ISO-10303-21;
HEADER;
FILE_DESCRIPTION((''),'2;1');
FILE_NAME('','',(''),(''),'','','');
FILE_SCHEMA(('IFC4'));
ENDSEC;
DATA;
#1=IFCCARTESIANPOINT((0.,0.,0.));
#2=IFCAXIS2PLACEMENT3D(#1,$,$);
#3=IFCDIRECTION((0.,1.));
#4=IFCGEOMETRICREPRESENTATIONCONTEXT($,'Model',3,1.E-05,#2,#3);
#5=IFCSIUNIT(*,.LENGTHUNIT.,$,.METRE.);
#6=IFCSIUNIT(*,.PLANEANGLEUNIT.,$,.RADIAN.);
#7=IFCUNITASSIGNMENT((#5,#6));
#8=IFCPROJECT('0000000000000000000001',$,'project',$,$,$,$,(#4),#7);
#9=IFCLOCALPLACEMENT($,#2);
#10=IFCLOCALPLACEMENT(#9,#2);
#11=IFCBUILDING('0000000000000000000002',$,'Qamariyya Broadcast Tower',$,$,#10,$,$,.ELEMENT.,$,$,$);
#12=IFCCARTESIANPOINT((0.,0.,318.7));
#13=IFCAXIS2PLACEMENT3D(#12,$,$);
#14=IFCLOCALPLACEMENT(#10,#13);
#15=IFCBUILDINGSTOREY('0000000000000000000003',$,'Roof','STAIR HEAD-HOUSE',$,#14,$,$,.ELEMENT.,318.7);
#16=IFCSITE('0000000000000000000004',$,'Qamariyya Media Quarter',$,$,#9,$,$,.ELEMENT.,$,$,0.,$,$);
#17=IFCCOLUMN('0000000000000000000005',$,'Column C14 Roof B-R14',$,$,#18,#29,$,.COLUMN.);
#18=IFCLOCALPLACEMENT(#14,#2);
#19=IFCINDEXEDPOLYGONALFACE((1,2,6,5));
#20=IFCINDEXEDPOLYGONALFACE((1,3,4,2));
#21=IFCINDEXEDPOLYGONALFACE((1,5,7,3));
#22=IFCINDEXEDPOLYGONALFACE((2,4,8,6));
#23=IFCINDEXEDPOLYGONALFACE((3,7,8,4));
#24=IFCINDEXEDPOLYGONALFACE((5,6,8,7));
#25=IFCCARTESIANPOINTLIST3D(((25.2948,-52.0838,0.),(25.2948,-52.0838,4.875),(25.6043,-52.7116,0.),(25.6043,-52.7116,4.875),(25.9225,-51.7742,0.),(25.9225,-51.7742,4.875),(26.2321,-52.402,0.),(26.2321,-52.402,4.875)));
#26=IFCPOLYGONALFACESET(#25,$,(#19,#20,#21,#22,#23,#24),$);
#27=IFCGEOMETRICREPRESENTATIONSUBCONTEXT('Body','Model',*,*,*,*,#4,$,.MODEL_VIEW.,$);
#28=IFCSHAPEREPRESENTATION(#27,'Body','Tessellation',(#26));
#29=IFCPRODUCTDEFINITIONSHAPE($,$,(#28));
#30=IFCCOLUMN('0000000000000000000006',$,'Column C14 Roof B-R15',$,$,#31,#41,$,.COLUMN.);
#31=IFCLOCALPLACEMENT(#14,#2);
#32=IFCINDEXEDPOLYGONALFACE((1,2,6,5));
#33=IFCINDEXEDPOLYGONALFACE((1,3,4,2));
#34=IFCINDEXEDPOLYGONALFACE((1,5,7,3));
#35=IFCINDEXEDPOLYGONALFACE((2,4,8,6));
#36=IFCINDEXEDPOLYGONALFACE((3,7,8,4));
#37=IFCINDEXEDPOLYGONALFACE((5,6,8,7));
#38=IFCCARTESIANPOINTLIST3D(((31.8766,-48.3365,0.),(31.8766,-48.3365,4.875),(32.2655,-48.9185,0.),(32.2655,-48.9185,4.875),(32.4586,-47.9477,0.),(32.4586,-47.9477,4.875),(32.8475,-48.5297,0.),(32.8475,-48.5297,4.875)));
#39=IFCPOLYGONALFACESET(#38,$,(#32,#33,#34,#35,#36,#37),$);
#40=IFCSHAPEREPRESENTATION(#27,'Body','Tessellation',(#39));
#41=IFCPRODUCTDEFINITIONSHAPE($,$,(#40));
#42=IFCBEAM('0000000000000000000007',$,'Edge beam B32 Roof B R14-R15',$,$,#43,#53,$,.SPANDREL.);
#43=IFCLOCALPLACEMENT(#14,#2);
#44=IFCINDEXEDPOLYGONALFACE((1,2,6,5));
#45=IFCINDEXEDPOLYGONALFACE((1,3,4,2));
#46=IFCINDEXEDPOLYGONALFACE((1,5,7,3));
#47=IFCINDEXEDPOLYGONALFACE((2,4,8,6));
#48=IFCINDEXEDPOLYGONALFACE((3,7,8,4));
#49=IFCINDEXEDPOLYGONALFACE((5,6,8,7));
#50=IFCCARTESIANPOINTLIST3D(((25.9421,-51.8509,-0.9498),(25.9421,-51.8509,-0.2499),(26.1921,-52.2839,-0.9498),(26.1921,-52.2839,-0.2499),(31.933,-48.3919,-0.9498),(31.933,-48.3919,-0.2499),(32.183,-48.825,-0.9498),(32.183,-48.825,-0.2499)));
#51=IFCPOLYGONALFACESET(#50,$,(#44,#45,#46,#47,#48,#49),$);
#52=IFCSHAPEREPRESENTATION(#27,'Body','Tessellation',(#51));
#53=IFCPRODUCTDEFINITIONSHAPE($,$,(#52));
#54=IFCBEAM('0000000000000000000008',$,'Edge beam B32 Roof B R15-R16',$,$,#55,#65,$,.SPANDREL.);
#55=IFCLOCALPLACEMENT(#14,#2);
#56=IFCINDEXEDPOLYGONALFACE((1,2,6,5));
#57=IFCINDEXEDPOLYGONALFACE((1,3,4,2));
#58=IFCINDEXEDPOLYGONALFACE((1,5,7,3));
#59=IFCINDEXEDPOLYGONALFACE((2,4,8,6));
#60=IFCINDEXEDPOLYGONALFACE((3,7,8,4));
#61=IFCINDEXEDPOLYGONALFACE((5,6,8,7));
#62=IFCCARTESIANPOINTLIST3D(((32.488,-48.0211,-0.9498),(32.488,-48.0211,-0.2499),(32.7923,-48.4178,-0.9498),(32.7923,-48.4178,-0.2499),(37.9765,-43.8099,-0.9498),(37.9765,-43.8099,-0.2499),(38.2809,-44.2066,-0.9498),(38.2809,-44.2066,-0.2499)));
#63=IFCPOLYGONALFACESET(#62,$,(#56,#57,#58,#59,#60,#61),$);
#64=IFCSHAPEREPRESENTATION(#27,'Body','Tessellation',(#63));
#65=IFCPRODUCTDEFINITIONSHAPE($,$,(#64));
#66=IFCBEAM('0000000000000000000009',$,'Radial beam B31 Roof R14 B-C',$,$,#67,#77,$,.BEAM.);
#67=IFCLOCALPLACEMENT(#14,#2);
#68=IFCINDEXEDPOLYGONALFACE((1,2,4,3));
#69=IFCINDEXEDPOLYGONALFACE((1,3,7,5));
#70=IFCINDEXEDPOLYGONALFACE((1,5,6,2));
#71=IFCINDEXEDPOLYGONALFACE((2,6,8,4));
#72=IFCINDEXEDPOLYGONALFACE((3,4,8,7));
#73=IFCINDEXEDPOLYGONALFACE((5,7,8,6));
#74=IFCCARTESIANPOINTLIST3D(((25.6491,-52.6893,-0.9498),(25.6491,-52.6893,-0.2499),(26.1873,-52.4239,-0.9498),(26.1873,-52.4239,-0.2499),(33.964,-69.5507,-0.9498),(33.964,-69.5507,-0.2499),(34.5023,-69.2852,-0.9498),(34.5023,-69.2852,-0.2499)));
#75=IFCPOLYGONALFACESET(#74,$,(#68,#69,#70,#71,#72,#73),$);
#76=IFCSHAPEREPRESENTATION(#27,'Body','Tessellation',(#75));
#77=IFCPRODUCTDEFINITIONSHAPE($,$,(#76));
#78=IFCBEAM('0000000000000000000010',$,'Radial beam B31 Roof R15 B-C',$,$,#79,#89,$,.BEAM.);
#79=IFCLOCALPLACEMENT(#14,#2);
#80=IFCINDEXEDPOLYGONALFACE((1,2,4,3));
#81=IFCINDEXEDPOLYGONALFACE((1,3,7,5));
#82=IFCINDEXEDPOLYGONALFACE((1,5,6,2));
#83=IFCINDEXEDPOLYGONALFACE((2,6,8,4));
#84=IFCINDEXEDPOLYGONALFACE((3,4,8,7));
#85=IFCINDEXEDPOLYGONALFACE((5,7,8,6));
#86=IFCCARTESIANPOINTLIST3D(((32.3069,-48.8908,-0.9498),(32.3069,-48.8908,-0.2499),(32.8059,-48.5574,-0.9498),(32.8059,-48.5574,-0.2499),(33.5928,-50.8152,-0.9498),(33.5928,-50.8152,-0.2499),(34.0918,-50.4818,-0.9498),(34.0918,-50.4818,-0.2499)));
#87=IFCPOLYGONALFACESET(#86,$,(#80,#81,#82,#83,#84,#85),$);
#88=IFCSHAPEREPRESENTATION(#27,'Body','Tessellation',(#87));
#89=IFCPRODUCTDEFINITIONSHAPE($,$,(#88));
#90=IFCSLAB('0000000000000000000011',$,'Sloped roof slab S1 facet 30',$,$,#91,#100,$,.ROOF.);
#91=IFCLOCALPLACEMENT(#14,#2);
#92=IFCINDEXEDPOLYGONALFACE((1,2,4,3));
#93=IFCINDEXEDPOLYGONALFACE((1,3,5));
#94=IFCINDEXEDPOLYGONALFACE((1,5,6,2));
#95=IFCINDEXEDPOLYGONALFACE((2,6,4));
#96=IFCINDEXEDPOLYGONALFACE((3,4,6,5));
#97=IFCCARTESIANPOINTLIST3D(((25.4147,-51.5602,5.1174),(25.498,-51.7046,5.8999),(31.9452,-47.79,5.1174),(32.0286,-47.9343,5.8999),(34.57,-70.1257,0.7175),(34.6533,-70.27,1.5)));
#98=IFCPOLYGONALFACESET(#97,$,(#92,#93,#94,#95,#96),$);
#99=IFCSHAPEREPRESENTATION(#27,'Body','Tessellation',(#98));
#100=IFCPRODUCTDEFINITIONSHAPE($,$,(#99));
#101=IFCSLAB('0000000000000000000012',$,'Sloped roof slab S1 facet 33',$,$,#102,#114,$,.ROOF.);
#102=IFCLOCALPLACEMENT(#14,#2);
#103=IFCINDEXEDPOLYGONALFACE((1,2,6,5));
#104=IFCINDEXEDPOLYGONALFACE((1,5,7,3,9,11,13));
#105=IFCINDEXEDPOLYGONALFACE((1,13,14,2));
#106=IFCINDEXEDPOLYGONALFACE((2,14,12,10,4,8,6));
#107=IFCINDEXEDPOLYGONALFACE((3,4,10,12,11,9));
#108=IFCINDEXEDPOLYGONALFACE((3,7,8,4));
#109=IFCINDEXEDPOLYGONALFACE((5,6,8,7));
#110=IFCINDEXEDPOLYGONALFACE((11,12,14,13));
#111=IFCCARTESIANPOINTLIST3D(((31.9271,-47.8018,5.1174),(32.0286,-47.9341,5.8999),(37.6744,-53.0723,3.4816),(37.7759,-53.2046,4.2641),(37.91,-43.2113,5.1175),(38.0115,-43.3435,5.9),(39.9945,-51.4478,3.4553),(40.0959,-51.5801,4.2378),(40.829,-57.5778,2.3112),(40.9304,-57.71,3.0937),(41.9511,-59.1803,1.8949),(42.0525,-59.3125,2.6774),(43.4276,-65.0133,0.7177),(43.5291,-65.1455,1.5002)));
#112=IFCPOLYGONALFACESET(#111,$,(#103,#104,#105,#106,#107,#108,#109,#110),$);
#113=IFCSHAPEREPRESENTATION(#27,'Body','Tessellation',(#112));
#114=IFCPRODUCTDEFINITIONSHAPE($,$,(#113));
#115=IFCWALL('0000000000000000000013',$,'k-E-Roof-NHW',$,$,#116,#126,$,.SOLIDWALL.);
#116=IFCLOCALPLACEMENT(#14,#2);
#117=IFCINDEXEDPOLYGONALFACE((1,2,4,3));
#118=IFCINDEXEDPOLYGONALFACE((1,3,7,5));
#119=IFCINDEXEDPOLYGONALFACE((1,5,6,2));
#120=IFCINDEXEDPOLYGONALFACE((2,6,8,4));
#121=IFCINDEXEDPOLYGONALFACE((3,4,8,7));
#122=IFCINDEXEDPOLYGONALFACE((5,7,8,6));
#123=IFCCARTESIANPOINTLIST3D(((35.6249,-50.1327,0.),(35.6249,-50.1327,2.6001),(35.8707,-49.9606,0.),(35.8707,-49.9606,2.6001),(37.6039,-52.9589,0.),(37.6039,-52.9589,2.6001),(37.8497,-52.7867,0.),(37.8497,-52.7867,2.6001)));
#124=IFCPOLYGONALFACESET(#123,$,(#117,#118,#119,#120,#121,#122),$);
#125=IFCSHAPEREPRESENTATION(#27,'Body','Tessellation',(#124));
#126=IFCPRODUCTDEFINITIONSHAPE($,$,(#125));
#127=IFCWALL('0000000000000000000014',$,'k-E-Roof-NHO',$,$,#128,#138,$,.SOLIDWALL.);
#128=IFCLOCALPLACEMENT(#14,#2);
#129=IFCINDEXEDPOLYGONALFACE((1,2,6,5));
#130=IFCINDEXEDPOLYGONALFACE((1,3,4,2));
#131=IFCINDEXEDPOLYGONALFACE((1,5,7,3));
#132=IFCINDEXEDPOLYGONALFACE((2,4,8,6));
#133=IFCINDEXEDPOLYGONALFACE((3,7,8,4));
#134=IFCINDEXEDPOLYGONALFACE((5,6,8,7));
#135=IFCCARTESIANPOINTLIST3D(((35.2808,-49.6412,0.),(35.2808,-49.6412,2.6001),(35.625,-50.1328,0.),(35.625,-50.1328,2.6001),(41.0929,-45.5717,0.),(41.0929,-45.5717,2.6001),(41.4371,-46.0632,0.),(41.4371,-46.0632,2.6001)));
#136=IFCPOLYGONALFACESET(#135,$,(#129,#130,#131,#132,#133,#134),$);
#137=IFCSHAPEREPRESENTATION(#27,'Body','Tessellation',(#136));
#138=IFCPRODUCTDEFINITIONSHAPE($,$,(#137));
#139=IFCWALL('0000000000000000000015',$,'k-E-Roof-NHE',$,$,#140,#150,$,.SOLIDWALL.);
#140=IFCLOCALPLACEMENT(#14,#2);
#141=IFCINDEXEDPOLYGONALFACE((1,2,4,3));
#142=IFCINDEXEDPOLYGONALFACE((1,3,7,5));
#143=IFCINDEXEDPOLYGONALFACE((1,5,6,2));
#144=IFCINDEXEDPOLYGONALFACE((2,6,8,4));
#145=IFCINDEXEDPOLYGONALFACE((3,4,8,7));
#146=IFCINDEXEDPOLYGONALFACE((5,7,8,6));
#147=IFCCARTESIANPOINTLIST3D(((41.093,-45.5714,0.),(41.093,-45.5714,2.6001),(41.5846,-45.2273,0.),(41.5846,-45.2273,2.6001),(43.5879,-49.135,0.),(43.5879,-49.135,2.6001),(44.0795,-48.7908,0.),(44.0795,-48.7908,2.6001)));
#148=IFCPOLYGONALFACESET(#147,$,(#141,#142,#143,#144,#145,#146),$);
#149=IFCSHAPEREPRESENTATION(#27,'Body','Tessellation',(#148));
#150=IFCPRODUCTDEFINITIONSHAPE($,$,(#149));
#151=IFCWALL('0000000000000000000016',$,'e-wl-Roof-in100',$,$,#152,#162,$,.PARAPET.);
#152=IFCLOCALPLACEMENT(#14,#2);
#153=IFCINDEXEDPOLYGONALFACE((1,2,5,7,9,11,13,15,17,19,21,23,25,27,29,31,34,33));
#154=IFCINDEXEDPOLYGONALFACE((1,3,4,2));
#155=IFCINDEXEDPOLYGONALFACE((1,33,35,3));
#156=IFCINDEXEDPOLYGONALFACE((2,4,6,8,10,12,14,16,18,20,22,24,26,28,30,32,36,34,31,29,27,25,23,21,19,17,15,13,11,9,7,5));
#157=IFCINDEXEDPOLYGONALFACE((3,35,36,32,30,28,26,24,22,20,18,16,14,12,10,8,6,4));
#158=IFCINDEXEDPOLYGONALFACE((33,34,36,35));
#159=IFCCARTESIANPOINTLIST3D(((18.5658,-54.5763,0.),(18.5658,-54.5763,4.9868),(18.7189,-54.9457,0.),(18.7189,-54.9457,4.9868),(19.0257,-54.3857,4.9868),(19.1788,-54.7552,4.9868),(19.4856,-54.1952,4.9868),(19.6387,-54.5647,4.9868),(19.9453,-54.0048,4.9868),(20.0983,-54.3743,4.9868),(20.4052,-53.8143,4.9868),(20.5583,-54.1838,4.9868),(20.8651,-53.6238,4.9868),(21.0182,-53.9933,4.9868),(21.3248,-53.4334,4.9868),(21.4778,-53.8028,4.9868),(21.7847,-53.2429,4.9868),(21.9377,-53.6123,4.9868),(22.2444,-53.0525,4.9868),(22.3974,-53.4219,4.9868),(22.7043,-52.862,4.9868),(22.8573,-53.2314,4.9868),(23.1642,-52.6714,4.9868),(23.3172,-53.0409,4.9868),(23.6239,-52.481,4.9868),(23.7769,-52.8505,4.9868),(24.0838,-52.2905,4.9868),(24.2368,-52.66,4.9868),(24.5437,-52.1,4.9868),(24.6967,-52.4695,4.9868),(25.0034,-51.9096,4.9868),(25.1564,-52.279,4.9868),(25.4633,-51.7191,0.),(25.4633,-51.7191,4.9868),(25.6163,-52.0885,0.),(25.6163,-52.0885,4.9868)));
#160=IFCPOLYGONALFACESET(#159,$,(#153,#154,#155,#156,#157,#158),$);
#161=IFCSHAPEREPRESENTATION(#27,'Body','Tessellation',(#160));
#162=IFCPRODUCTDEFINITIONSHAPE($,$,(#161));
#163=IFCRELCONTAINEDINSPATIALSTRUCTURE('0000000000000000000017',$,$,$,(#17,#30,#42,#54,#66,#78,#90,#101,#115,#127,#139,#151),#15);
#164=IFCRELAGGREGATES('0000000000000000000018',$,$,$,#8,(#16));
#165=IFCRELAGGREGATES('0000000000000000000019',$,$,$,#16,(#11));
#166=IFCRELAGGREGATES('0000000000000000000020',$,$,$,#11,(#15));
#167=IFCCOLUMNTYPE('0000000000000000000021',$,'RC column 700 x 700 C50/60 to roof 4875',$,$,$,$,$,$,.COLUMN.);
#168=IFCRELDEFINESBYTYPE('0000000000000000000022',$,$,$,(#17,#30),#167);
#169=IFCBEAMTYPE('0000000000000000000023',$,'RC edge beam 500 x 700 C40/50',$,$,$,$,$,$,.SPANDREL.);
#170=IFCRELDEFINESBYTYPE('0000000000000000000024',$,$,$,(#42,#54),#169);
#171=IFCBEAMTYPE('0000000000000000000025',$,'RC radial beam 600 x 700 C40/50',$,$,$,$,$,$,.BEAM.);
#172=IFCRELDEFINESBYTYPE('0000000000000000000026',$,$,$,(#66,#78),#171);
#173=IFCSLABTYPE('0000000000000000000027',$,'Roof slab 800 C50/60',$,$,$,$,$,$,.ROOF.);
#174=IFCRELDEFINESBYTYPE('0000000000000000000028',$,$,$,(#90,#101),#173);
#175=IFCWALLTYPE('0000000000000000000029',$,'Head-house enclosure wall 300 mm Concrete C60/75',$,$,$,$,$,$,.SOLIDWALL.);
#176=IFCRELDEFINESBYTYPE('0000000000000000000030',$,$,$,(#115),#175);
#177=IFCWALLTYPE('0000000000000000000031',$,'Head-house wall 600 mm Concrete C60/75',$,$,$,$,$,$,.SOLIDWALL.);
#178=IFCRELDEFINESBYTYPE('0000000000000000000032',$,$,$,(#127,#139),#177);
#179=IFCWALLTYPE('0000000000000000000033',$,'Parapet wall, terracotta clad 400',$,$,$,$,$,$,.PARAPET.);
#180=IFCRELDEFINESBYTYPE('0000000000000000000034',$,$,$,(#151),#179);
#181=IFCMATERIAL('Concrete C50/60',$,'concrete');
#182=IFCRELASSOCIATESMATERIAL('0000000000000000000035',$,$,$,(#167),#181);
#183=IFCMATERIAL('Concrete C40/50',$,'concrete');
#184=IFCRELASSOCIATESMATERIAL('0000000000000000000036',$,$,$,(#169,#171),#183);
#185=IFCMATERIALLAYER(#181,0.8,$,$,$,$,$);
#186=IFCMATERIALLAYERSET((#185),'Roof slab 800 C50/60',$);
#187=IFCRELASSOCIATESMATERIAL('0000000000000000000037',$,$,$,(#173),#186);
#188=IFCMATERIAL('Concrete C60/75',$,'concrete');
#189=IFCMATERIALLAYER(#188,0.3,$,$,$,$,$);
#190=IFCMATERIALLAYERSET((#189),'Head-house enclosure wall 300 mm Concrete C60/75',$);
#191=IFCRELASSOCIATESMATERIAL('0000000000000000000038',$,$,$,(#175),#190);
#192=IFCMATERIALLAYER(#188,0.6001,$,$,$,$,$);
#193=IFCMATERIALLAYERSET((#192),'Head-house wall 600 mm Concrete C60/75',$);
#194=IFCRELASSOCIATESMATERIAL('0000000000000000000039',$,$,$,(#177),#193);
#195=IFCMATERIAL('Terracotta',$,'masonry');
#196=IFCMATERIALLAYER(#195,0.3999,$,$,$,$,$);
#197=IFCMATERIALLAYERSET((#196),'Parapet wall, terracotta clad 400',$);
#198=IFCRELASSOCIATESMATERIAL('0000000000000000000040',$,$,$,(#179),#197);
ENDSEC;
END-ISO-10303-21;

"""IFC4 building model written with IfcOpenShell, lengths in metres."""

from ifc_helpers import new_model, si_unit, direction, frame, frame_2d, origin, origin_2d, place, context, subcontext, project, spatial, polyline, rectangle, outline, extrude, material, layer, layer_set, material_profile, profile_set, type_object, element, save


model = new_model("IFC4")

# Units and contexts
model_context = context("Model", 3, precision=1e-05, world=origin(), true_north=direction((0.0, 1.0)))
body_context = subcontext(model_context, "Body", "Model", "MODEL_VIEW")
ifc_project = project(units=[si_unit("LENGTHUNIT", "METRE"), si_unit("PLANEANGLEUNIT", "RADIAN")], contexts=[model_context])

# Site, building, storey
site_placement = place(None, origin())
site = spatial("IfcSite", under=ifc_project, at=site_placement, Name="Qamariyya Media Quarter", CompositionType="ELEMENT", RefElevation=0.0)
building_placement = place(site_placement, origin())
building = spatial("IfcBuilding", under=site, at=building_placement, Name="Qamariyya Broadcast Tower", CompositionType="ELEMENT")
storey_placement = place(building_placement, frame((0.0, 0.0, 318.7)))
storey = spatial("IfcBuildingStorey", under=building, at=storey_placement, Name="Roof", Description="STAIR HEAD-HOUSE", CompositionType="ELEMENT", Elevation=318.7)

# Columns
ifc_material_1 = material(Name="Concrete C50/60", Category="concrete")
ifc_material_profile_1 = material_profile(ifc_material_1, rectangle(XDim=0.7, YDim=0.7, at=origin_2d()))
ifc_profile_set_1 = profile_set([ifc_material_profile_1], Name="Concrete C50/60")
column_type = type_object("IfcColumnType", Name="RC column 700 x 700 C50/60 to roof 4875", PredefinedType="COLUMN", material=ifc_profile_set_1)
for number, where, z_axis, x_axis, name in (
    (1, (25.7634, -52.2429, 0.0), (0.0, 0.0, 1.0), (0.896873, 0.442289, 0.0), "Column C14 Roof B-R14"),
    (2, (32.3621, -48.4331, 0.0), (0.0, 0.0, 1.0), (0.83147, 0.55557, 0.0), "Column C14 Roof B-R15"),
):
    element("IfcColumn", number, at=place(storey_placement, frame(where, z_axis=z_axis, x_axis=x_axis)), inside=storey, type_object=column_type, Name=name, PredefinedType="COLUMN", context=body_context, shape_type="SweptSolid", body=[
        extrude(rectangle(XDim=0.7, YDim=0.7, at=origin_2d()), origin(), (0.0, 0.0, 1.0), 4.875),
    ])

# Beams
ifc_material_2 = material(Name="Concrete C40/50", Category="concrete")
ifc_material_profile_2 = material_profile(ifc_material_2, rectangle(XDim=0.5, YDim=0.7, at=origin_2d()))
ifc_profile_set_2 = profile_set([ifc_material_profile_2], Name="Concrete C40/50")
beam_type_1 = type_object("IfcBeamType", Name="RC edge beam 500 x 700 C40/50", PredefinedType="SPANDREL", material=ifc_profile_set_2)
beam_1_placement = place(storey_placement, frame((26.0671, -52.0674, -0.5999), z_axis=(0.866019, 0.500011, 0.0), x_axis=(-0.500011, 0.866019, 0.0)))
element("IfcBeam", 3, at=beam_1_placement, inside=storey, type_object=beam_type_1, Name="Edge beam B32 Roof B R14-R15", PredefinedType="SPANDREL", context=body_context, shape_type="SweptSolid", body=[
    extrude(rectangle(XDim=0.5, YDim=0.7, at=origin_2d()), origin(), (0.0, 0.0, 1.0), 6.9177),
])
beam_2_placement = place(storey_placement, frame((32.6401, -48.2195, -0.5999), z_axis=(0.793375, 0.608733, 0.0), x_axis=(-0.608733, 0.793375, 0.0)))
element("IfcBeam", 4, at=beam_2_placement, inside=storey, type_object=beam_type_1, Name="Edge beam B32 Roof B R15-R16", PredefinedType="SPANDREL", context=body_context, shape_type="SweptSolid", body=[
    extrude(rectangle(XDim=0.5, YDim=0.7, at=origin_2d()), origin(), (0.0, 0.0, 1.0), 6.918),
])
ifc_material_profile_3 = material_profile(ifc_material_2, rectangle(XDim=0.6001, YDim=0.7, at=origin_2d()))
ifc_profile_set_3 = profile_set([ifc_material_profile_3], Name="Concrete C40/50")
beam_type_2 = type_object("IfcBeamType", Name="RC radial beam 600 x 700 C40/50", PredefinedType="BEAM", material=ifc_profile_set_3)
beam_3_placement = place(storey_placement, frame((25.9182, -52.5566, -0.5999), z_axis=(0.442282, -0.896876, 0.0), x_axis=(0.896876, 0.442282, 0.0)))
element("IfcBeam", 5, at=beam_3_placement, inside=storey, type_object=beam_type_2, Name="Radial beam B31 Roof R14 B-C", PredefinedType="BEAM", context=body_context, shape_type="SweptSolid", body=[
    extrude(rectangle(XDim=0.6001, YDim=0.7, at=origin_2d()), origin(), (0.0, 0.0, 1.0), 18.8),
])
beam_4_placement = place(storey_placement, frame((32.5564, -48.7241, -0.5999), z_axis=(0.555601, -0.831449, 0.0), x_axis=(0.831449, 0.555601, 0.0)))
element("IfcBeam", 6, at=beam_4_placement, inside=storey, type_object=beam_type_2, Name="Radial beam B31 Roof R15 B-C", PredefinedType="BEAM", context=body_context, shape_type="SweptSolid", body=[
    extrude(rectangle(XDim=0.6001, YDim=0.7, at=origin_2d()), origin(), (0.0, 0.0, 1.0), 2.3145),
])

# Slabs
ifc_layer_1 = layer(ifc_material_1, 0.8)
ifc_layer_set_1 = layer_set([ifc_layer_1], Name="Roof slab 800 C50/60")
slab_type = type_object("IfcSlabType", Name="Roof slab 800 C50/60", PredefinedType="ROOF", material=ifc_layer_set_1)
slab_1_placement = place(storey_placement, frame((32.0286, -47.9343, 5.8999), z_axis=(0.104166, -0.180426, 0.978057), x_axis=(-0.866033, -0.499987, 0.0)))
element("IfcSlab", 7, at=slab_1_placement, inside=storey, type_object=slab_type, Name="Sloped roof slab S1 facet 30", PredefinedType="ROOF", context=body_context, shape_type="SweptSolid", body=[
    extrude(outline(polyline([(0.0, 0.0), (7.5407, 0.0), (8.8944, 21.1192), (0.0, 0.0)])), origin(), (0.0, 0.0, -1.0), 0.8),
])
slab_2_placement = place(storey_placement, frame((32.0286, -47.9341, 5.8999), z_axis=(0.126805, -0.165289, 0.978059), x_axis=(0.543437, -0.813298, -0.207901)))
element("IfcSlab", 8, at=slab_2_placement, inside=storey, type_object=slab_type, Name="Sloped roof slab S1 facet 33", PredefinedType="ROOF", context=body_context, shape_type="SweptSolid", body=[
    extrude(outline(polyline([(0.0, 0.0), (21.1626, 0.0), (15.3714, 2.0132), (13.3718, 1.9705), (7.7499, 1.8507), (7.6949, 4.6826), (-0.4822, 7.5257), (0.0, 0.0)])), origin(), (0.0, 0.0, -1.0), 0.8),
])

# Walls
ifc_material_3 = material(Name="Concrete C60/75", Category="concrete")
ifc_layer_2 = layer(ifc_material_3, 0.3)
ifc_layer_set_2 = layer_set([ifc_layer_2], Name="Head-house enclosure wall 300 mm Concrete C60/75")
wall_type_1 = type_object("IfcWallType", Name="Head-house enclosure wall 300 mm Concrete C60/75", PredefinedType="SOLIDWALL", material=ifc_layer_set_2)
wall_1_placement = place(storey_placement, frame((37.7268, -52.8728, 0.0), z_axis=(0.0, 0.0, 1.0), x_axis=(-0.573595, 0.819139, 0.0)))
element("IfcWall", 9, at=wall_1_placement, inside=storey, type_object=wall_type_1, Name="k-E-Roof-NHW", PredefinedType="SOLIDWALL", context=body_context, shape_type="SweptSolid", body=[
    extrude(rectangle(XDim=3.4502, YDim=0.3, at=frame_2d((1.7251, 0.0))), origin(), (0.0, 0.0, 1.0), 2.6001),
])
ifc_layer_3 = layer(ifc_material_3, 0.6001)
ifc_layer_set_3 = layer_set([ifc_layer_3], Name="Head-house wall 600 mm Concrete C60/75")
wall_type_2 = type_object("IfcWallType", Name="Head-house wall 600 mm Concrete C60/75", PredefinedType="SOLIDWALL", material=ifc_layer_set_3)
wall_2_placement = place(storey_placement, frame((35.4529, -49.887, 0.0), z_axis=(0.0, 0.0, 1.0), x_axis=(0.819166, 0.573557, 0.0)))
element("IfcWall", 10, at=wall_2_placement, inside=storey, type_object=wall_type_2, Name="k-E-Roof-NHO", PredefinedType="SOLIDWALL", context=body_context, shape_type="SweptSolid", body=[
    extrude(rectangle(XDim=7.0952, YDim=0.6001, at=frame_2d((3.5476, 0.0))), origin(), (0.0, 0.0, 1.0), 2.6001),
])
wall_3_placement = place(storey_placement, frame((43.8337, -48.9629, 0.0), z_axis=(0.0, 0.0, 1.0), x_axis=(-0.57353, 0.819184, 0.0)))
element("IfcWall", 11, at=wall_3_placement, inside=storey, type_object=wall_type_2, Name="k-E-Roof-NHE", PredefinedType="SOLIDWALL", context=body_context, shape_type="SweptSolid", body=[
    extrude(rectangle(XDim=4.3501, YDim=0.6001, at=frame_2d((2.175, 0.0))), origin(), (0.0, 0.0, 1.0), 2.6001),
])
ifc_material_4 = material(Name="Terracotta", Category="masonry")
ifc_layer_4 = layer(ifc_material_4, 0.3999)
ifc_layer_set_4 = layer_set([ifc_layer_4], Name="Parapet wall, terracotta clad 400")
wall_type_3 = type_object("IfcWallType", Name="Parapet wall, terracotta clad 400", PredefinedType="PARAPET", material=ifc_layer_set_4)
wall_4_placement = place(storey_placement, frame((25.5398, -51.9038, 0.0), z_axis=(0.0, 0.0, 1.0), x_axis=(-0.923872, -0.382701, 0.0)))
element("IfcWall", 12, at=wall_4_placement, inside=storey, type_object=wall_type_3, Name="e-wl-Roof-in100", PredefinedType="PARAPET", context=body_context, shape_type="SweptSolid", body=[
    extrude(outline(polyline([(0.0, 0.0), (7.4658, 0.0), (7.4658, 4.9868), (6.968, 4.9868), (6.4702, 4.9868), (5.9727, 4.9868), (5.4749, 4.9868), (4.9771, 4.9868), (4.4795, 4.9868), (3.9817, 4.9868), (3.4841, 4.9868), (2.9863, 4.9868), (2.4885, 4.9868), (1.991, 4.9868), (1.4932, 4.9868), (0.9954, 4.9868), (0.4978, 4.9868), (0.0, 4.9868), (0.0, 0.0)])), frame((0.0, 0.2, 0.0), z_axis=(0.0, -1.0, 0.0), x_axis=(1.0, 0.0, 0.0)), (0.0, 0.0, 1.0), 0.3999),
])

save(model, "model.ifc")
